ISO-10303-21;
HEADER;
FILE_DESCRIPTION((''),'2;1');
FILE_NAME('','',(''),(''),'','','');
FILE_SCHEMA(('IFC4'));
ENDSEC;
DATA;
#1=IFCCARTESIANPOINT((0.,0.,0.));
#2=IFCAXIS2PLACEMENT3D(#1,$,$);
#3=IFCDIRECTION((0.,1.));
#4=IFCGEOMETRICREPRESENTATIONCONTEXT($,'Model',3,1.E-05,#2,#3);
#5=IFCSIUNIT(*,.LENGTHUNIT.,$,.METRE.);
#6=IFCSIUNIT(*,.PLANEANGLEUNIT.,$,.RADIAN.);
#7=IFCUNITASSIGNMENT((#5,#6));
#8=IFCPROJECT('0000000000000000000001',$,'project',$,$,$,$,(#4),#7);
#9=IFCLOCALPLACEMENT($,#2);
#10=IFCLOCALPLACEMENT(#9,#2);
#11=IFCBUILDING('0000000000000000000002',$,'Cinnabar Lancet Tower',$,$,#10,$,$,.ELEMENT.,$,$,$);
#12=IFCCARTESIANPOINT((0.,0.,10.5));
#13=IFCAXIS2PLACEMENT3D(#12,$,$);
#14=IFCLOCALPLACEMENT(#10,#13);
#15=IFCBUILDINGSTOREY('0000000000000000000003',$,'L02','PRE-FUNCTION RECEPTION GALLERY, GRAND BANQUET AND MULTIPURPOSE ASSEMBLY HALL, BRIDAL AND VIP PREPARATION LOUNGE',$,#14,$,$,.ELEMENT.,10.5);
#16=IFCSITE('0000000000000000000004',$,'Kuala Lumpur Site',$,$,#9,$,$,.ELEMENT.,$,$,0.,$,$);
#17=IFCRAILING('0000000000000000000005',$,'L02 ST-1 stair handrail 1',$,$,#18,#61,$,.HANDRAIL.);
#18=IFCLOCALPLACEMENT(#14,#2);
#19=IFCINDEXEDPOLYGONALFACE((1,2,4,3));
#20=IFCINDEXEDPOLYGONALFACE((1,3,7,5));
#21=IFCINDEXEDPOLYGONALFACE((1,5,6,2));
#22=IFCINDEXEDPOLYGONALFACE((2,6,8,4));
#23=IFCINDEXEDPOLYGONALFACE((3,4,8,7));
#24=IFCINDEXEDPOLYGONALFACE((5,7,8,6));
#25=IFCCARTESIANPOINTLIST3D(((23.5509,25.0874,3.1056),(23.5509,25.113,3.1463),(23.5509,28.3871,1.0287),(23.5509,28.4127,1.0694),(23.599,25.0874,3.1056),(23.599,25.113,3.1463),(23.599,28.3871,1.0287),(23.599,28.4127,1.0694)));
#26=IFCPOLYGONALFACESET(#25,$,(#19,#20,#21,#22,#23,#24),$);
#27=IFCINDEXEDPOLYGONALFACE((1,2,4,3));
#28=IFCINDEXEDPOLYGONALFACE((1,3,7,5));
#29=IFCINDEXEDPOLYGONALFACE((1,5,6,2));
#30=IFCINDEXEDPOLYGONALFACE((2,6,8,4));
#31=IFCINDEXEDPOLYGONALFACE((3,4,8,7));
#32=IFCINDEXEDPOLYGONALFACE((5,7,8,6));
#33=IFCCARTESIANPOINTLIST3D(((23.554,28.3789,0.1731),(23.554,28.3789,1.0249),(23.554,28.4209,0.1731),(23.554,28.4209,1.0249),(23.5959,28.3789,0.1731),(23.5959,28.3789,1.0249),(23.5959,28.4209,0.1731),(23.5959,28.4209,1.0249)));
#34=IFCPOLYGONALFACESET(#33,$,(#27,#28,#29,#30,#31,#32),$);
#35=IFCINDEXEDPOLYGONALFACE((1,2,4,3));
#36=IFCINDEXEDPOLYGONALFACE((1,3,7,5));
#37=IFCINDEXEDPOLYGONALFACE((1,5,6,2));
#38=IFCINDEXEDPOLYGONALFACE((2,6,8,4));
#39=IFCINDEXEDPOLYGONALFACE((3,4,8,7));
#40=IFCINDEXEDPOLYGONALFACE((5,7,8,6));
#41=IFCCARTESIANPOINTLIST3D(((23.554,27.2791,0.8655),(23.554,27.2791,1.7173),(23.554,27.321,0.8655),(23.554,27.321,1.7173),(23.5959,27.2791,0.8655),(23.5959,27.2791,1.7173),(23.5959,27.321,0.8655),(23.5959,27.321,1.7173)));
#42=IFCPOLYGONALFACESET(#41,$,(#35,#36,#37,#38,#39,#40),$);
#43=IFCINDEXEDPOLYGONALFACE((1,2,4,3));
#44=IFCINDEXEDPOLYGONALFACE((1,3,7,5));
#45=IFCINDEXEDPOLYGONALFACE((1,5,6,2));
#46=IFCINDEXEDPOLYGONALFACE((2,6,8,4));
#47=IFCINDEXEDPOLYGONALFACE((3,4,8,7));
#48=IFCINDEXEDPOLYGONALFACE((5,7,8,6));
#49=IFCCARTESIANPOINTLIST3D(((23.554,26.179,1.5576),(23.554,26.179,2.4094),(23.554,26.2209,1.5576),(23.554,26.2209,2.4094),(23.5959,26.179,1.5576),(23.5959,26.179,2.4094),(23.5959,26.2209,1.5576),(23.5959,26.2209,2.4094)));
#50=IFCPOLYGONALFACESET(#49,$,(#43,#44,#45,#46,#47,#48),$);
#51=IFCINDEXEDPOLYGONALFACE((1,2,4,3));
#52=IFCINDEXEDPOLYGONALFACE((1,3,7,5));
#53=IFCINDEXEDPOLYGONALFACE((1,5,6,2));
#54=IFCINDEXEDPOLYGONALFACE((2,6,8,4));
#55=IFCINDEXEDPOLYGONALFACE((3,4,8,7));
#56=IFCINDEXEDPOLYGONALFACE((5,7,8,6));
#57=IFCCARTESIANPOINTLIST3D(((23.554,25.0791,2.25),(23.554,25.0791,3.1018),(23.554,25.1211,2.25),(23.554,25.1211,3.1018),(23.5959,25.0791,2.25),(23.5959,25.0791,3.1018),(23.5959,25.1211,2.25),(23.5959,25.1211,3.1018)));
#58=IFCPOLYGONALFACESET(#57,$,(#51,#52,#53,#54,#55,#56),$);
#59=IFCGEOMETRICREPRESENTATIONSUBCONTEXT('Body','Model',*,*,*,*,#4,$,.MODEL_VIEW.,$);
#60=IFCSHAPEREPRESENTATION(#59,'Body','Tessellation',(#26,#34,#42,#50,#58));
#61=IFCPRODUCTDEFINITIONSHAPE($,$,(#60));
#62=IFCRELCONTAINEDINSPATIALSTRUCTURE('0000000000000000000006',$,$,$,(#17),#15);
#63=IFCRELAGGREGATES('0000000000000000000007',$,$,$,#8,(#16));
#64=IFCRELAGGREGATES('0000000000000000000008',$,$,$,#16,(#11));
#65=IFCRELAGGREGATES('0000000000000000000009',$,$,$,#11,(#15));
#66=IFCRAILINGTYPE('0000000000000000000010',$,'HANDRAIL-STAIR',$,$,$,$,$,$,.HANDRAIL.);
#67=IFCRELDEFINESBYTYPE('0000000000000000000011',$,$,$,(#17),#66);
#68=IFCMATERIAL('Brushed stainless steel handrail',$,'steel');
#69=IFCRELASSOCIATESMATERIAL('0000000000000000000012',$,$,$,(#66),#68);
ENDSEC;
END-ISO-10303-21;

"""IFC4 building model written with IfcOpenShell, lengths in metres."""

from ifc_helpers import new_model, si_unit, direction, frame, origin, origin_2d, place, context, subcontext, project, spatial, rectangle, extrude, material, type_object, element, save


model = new_model("IFC4")

# Units and contexts
model_context = context("Model", 3, precision=1e-05, world=origin(), true_north=direction((0.0, 1.0)))
body_context = subcontext(model_context, "Body", "Model", "MODEL_VIEW")
ifc_project = project(units=[si_unit("LENGTHUNIT", "METRE"), si_unit("PLANEANGLEUNIT", "RADIAN")], contexts=[model_context])

# Site, building, storey
site_placement = place(None, origin())
site = spatial("IfcSite", under=ifc_project, at=site_placement, Name="Kuala Lumpur Site", CompositionType="ELEMENT", RefElevation=0.0)
building_placement = place(site_placement, origin())
building = spatial("IfcBuilding", under=site, at=building_placement, Name="Cinnabar Lancet Tower", CompositionType="ELEMENT")
storey_placement = place(building_placement, frame((0.0, 0.0, 10.5)))
storey = spatial("IfcBuildingStorey", under=building, at=storey_placement, Name="L02", Description="PRE-FUNCTION RECEPTION GALLERY, GRAND BANQUET AND MULTIPURPOSE ASSEMBLY HALL, BRIDAL AND VIP PREPARATION LOUNGE", CompositionType="ELEMENT", Elevation=10.5)

# Railing
ifc_material_1 = material(Name="Brushed stainless steel handrail", Category="steel")
railing_type_1 = type_object("IfcRailingType", Name="HANDRAIL-STAIR", PredefinedType="HANDRAIL", material=ifc_material_1)
railing_1_placement = place(storey_placement, frame((23.575, 28.3999, 0.1731)))
element("IfcRailing", 1, at=railing_1_placement, inside=storey, type_object=railing_type_1, Name="L02 ST-1 stair handrail 1", PredefinedType="HANDRAIL", context=body_context, shape_type="SweptSolid", body=[
    extrude(rectangle(XDim=0.0481, YDim=0.0481, at=origin_2d()), frame((0.0, 0.0, 0.876), z_axis=(0.0, -0.84632, 0.532675), x_axis=(1.0, 0.0, 0.0)), (0.0, 0.0, 1.0), 3.8989),
    extrude(rectangle(XDim=0.042, YDim=0.042, at=origin_2d()), origin(), (0.0, 0.0, 1.0), 0.8518),
    extrude(rectangle(XDim=0.042, YDim=0.042, at=origin_2d()), frame((0.0, -1.0999, 0.6924)), (0.0, 0.0, 1.0), 0.8518),
    extrude(rectangle(XDim=0.042, YDim=0.042, at=origin_2d()), frame((0.0, -2.2, 1.3845)), (0.0, 0.0, 1.0), 0.8518),
    extrude(rectangle(XDim=0.042, YDim=0.042, at=origin_2d()), frame((0.0, -3.2998, 2.0769)), (0.0, 0.0, 1.0), 0.8518),
])

save(model, "model.ifc")
